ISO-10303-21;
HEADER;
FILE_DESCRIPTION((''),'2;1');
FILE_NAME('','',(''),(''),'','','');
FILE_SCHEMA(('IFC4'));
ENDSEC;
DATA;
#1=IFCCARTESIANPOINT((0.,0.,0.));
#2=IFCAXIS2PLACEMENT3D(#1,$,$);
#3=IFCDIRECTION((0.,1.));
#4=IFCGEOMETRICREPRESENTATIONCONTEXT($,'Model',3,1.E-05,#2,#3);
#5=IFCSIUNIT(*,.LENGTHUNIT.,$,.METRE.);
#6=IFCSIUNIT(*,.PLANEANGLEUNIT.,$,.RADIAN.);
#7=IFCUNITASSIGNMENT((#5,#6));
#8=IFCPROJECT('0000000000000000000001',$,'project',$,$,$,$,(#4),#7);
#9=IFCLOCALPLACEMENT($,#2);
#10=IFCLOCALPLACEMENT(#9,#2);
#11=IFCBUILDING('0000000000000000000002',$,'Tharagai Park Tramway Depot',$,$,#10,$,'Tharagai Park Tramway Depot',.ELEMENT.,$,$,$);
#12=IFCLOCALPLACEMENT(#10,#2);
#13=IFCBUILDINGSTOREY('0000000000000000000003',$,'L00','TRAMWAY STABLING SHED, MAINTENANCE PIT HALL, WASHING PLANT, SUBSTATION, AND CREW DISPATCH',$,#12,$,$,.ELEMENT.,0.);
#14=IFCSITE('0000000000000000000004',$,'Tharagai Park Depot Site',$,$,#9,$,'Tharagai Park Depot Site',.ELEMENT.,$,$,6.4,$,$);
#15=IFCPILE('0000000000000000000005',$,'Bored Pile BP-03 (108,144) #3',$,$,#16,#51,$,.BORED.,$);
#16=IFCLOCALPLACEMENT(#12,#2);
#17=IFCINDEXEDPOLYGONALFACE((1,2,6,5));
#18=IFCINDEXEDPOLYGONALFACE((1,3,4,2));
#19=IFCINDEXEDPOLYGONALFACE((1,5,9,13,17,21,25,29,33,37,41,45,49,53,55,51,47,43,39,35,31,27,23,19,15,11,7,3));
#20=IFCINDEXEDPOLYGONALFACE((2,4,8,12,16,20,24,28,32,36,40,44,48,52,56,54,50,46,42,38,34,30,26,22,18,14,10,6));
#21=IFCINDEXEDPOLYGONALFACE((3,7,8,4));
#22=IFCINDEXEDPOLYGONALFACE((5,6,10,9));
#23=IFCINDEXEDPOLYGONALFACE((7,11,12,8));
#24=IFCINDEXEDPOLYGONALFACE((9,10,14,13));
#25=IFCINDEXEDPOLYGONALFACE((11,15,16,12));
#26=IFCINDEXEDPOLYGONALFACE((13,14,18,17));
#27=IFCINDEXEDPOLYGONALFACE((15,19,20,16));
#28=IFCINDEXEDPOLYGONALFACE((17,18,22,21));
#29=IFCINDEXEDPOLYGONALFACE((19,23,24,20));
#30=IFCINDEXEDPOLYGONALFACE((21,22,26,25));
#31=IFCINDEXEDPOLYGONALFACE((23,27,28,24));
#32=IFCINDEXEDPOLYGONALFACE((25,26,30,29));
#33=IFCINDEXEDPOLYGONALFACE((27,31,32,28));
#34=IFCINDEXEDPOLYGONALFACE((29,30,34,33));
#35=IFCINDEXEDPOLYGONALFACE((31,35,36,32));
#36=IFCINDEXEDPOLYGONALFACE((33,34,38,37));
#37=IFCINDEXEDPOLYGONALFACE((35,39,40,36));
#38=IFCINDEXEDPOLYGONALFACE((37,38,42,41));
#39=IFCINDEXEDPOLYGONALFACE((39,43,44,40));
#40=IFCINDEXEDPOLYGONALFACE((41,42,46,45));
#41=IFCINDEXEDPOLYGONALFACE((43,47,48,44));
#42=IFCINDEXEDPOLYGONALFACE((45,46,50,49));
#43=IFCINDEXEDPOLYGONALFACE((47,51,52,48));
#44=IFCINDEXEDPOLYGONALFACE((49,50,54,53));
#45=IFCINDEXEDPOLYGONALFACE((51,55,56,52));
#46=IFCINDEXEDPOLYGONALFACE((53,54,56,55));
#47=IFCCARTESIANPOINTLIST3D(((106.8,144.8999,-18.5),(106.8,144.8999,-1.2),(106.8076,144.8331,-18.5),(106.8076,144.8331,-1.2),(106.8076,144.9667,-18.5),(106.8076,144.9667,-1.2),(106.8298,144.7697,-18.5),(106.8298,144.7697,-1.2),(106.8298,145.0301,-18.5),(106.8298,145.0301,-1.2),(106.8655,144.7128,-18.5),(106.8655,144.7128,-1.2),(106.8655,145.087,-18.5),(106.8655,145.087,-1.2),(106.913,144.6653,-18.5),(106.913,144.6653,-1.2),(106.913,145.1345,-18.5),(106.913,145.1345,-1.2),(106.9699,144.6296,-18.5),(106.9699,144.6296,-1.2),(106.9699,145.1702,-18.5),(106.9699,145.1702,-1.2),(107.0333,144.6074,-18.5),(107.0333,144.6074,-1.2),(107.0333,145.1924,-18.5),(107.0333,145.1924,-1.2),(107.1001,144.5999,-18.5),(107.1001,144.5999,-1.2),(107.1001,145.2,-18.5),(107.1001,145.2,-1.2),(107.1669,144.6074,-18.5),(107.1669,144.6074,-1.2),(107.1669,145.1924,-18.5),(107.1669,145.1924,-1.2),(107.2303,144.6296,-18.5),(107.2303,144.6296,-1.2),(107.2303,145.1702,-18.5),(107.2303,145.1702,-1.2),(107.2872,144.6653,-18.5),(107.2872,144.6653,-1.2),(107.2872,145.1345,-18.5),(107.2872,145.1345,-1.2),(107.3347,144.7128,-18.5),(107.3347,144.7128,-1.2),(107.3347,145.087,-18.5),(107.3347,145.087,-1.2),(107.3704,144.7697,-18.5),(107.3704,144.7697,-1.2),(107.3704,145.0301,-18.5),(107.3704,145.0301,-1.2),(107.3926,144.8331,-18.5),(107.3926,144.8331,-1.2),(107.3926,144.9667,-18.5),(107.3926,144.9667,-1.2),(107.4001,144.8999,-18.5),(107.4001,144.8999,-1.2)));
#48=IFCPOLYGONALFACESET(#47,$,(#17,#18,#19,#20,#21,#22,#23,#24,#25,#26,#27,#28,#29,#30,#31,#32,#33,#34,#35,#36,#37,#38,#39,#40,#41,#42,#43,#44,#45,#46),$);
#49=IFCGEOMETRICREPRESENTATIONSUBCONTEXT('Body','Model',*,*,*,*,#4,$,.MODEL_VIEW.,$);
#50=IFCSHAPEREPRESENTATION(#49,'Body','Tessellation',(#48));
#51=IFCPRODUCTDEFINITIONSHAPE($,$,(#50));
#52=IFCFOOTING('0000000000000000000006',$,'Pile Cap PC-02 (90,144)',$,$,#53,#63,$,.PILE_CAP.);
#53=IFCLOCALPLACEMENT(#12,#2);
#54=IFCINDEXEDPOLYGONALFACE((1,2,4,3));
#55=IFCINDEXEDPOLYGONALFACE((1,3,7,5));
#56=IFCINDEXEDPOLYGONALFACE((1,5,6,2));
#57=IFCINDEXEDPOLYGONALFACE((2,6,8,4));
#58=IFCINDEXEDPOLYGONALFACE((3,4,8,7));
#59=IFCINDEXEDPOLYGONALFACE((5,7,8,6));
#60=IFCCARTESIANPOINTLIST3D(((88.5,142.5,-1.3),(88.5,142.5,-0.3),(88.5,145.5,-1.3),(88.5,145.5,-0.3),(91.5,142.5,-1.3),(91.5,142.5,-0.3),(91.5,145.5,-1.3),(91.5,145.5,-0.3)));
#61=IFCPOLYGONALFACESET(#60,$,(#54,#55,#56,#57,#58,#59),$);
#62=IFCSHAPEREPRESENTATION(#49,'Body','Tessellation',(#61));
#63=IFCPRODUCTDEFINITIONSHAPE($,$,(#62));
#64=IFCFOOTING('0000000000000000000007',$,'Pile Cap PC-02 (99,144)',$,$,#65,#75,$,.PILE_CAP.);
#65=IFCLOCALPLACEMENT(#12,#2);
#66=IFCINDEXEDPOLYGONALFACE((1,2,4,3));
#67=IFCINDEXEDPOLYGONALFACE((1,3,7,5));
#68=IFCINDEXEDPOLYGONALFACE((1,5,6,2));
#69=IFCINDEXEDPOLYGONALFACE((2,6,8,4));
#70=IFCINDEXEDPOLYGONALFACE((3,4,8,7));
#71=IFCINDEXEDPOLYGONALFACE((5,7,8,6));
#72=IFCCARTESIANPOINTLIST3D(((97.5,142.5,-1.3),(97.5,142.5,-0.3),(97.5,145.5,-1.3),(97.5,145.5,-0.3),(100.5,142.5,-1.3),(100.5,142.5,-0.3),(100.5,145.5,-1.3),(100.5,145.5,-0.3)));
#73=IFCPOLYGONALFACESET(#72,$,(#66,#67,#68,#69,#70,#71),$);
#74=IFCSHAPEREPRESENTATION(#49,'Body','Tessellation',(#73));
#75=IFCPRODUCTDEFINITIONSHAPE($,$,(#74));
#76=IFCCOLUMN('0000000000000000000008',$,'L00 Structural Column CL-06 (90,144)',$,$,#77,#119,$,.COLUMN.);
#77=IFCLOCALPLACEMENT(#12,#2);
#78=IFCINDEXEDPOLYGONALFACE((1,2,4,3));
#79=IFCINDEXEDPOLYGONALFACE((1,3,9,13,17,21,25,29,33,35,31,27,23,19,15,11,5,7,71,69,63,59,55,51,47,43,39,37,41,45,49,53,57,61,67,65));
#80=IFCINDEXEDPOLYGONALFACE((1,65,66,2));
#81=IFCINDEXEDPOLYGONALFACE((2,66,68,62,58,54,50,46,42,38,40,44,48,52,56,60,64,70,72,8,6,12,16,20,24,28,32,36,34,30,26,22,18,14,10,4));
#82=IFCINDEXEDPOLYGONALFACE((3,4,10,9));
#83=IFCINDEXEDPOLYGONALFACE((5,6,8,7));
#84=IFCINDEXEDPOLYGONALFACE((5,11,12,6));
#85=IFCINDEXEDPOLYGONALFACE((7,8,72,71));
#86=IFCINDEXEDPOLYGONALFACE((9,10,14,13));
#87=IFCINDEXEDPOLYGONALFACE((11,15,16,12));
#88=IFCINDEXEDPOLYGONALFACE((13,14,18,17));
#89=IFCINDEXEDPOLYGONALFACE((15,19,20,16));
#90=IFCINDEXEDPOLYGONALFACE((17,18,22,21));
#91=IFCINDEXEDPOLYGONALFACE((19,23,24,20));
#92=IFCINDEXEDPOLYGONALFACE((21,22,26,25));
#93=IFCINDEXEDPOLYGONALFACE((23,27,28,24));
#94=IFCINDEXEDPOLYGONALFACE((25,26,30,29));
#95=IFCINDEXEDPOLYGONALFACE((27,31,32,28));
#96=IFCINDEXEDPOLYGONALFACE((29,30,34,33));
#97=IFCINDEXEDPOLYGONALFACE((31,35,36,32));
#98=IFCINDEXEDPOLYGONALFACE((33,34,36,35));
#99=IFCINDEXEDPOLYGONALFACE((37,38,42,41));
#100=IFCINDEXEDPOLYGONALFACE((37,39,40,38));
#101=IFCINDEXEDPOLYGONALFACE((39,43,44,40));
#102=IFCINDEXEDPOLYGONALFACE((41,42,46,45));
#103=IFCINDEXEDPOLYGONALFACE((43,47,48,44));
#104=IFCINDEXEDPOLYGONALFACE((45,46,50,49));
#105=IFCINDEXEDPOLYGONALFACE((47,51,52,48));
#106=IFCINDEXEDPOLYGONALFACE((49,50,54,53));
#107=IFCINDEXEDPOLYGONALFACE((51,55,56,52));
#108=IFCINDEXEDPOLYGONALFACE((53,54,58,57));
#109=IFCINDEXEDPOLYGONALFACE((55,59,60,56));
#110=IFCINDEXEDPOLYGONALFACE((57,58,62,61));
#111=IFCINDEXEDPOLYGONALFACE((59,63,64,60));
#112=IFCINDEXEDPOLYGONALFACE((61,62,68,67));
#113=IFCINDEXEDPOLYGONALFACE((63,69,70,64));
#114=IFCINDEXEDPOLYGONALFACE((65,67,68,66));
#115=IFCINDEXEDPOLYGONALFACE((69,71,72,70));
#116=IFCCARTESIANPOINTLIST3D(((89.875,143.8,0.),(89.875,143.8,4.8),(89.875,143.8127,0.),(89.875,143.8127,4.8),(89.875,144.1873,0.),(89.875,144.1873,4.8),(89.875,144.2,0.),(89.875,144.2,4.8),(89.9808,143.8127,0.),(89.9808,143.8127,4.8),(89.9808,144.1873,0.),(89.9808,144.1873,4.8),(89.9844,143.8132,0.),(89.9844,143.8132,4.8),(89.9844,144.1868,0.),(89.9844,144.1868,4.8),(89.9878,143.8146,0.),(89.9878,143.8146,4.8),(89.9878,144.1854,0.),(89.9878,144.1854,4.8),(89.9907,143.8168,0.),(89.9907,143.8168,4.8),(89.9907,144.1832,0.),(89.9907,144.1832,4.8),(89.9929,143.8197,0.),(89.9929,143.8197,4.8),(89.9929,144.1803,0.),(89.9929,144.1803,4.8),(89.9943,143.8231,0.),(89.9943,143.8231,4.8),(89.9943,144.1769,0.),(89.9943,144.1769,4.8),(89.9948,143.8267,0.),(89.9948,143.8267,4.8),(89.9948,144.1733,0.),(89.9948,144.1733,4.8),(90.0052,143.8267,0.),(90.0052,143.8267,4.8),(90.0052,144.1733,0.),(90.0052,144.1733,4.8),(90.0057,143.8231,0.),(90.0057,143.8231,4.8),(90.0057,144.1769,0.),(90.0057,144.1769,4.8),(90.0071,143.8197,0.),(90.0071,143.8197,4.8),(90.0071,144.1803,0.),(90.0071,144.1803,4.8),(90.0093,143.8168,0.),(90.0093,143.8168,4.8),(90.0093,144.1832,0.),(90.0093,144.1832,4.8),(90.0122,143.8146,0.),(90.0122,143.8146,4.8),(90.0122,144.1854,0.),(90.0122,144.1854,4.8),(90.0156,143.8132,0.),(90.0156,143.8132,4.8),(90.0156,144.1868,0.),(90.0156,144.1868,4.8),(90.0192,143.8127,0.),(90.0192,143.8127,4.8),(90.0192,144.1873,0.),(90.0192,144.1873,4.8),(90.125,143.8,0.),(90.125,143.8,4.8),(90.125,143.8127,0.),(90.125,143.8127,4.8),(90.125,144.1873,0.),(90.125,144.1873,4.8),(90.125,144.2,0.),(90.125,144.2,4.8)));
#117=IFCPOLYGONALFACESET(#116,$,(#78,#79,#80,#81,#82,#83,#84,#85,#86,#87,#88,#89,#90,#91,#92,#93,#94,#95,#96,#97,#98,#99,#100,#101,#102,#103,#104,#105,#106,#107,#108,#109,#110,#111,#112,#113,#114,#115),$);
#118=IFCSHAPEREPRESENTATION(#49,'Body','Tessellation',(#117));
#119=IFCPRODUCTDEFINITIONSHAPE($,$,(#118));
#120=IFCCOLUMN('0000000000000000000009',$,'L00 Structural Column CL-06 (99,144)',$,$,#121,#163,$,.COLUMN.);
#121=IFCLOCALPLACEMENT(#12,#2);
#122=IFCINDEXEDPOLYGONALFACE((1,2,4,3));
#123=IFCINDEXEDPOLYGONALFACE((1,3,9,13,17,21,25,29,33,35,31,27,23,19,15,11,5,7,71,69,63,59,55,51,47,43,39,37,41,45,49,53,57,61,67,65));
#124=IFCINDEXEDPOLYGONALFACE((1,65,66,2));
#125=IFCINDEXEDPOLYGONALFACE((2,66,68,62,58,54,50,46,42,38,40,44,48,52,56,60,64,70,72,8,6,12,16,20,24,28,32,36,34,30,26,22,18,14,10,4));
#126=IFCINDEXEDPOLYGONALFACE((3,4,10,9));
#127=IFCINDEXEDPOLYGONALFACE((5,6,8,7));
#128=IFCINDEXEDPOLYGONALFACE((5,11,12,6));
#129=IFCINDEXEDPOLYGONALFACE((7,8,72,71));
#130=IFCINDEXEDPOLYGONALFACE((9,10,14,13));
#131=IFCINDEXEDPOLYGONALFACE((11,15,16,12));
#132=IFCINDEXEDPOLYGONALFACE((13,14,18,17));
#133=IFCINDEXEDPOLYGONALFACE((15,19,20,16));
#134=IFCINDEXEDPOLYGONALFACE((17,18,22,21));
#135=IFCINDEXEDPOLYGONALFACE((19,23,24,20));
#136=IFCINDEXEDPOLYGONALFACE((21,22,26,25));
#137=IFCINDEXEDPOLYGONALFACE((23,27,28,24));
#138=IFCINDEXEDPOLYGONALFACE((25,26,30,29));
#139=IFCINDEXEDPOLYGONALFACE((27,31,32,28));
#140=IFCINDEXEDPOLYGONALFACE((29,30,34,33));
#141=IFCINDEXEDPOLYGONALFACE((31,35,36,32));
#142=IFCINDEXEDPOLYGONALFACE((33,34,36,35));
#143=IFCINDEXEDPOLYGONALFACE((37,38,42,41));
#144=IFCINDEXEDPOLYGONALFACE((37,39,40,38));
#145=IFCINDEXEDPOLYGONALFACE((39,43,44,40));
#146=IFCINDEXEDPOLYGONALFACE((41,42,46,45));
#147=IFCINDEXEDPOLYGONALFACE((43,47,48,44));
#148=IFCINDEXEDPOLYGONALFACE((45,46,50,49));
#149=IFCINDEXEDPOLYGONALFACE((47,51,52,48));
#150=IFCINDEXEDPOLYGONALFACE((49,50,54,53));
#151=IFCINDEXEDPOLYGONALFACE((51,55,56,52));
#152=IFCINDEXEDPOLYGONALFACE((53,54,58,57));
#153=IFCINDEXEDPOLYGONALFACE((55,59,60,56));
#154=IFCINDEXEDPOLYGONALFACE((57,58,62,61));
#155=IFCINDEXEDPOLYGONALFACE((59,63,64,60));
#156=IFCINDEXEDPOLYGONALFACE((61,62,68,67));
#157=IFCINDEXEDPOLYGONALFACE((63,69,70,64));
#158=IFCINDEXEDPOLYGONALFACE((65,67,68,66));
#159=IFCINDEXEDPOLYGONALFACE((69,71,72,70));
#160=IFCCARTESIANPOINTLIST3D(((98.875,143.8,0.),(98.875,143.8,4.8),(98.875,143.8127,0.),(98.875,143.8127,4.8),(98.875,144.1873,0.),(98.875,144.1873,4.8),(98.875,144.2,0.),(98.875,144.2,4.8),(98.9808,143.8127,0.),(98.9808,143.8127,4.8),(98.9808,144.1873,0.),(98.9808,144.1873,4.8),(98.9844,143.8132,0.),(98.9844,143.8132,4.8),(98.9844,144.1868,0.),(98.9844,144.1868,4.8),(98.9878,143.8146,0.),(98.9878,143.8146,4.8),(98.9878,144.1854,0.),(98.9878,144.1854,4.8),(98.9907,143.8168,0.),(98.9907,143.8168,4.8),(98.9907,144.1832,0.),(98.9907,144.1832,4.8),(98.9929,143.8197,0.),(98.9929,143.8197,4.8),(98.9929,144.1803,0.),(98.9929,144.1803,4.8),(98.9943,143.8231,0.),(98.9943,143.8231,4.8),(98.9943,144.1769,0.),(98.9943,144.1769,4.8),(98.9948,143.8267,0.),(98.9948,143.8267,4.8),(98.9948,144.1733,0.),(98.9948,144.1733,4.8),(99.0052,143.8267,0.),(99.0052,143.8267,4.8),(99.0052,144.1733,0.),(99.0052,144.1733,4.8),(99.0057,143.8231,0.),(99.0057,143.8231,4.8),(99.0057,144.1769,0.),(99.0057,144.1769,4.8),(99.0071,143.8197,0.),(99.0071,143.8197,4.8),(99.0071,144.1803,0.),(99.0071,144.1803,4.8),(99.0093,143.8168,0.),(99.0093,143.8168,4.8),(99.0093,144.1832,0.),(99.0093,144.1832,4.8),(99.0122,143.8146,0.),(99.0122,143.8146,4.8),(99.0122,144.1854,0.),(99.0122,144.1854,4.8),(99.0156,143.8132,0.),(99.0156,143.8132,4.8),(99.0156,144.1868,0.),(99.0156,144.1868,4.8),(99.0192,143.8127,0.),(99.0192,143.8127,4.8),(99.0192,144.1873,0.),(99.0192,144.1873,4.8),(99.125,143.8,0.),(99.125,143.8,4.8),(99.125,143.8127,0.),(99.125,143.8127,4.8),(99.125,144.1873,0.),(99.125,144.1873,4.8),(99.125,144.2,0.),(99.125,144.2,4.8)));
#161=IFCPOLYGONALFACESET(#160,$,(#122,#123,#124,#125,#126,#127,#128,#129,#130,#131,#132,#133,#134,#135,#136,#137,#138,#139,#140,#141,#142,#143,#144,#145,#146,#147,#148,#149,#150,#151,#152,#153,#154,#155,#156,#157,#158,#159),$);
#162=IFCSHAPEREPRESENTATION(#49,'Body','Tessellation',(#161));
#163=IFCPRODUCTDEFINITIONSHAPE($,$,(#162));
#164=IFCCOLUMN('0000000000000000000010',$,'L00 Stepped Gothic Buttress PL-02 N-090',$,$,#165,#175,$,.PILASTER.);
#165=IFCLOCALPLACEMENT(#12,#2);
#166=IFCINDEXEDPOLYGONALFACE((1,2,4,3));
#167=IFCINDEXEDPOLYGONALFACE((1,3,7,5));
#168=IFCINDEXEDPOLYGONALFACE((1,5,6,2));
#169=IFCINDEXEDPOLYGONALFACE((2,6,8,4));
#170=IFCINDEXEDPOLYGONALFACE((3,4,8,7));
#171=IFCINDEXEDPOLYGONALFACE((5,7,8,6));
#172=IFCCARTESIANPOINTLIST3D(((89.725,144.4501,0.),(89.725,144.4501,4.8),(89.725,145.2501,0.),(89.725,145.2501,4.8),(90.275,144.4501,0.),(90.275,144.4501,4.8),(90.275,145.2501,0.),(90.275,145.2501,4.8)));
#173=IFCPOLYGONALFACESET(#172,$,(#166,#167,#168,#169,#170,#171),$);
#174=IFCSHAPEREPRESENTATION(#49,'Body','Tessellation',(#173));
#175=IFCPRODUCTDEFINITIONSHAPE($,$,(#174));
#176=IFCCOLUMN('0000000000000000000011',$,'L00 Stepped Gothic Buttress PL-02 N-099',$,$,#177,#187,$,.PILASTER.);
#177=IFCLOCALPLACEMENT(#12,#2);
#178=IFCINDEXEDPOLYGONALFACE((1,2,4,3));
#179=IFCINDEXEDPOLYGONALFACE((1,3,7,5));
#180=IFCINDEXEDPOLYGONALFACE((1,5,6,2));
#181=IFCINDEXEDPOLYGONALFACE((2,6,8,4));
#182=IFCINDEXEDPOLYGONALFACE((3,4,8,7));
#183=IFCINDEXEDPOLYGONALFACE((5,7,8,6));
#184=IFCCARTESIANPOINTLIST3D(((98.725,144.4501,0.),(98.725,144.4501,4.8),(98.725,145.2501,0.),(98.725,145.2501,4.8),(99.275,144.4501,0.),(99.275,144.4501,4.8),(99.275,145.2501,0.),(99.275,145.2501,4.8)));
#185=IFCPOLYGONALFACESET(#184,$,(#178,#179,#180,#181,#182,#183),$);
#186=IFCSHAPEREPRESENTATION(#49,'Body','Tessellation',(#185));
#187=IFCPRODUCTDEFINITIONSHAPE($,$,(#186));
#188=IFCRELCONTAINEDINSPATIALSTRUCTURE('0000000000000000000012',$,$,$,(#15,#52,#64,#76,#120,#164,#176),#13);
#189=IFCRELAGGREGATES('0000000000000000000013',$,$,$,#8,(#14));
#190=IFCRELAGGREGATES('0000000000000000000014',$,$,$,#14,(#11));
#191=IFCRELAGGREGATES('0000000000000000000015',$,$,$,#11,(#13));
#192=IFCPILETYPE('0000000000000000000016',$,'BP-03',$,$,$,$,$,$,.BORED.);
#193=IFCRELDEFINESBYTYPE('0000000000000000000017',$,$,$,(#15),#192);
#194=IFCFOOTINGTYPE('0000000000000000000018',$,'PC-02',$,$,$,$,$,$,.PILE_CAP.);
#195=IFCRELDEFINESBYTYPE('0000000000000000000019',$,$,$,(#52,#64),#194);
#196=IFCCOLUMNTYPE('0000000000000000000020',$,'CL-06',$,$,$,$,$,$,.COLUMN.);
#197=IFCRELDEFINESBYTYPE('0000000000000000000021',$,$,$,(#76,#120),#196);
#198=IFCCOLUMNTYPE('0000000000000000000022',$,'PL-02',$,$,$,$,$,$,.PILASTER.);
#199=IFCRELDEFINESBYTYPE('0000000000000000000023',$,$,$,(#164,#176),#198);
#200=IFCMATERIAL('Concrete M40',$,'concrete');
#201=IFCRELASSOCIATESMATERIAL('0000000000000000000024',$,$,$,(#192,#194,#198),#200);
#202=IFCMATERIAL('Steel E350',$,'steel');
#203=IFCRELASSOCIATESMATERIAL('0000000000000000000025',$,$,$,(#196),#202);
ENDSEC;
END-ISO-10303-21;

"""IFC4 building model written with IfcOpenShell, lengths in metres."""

from ifc_helpers import new_model, si_unit, direction, frame, origin, origin_2d, place, context, subcontext, project, spatial, rectangle, circle, i_section, extrude, material, material_profile, profile_set, type_object, element, save


model = new_model("IFC4")

# Units and contexts
model_context = context("Model", 3, precision=1e-05, world=origin(), true_north=direction((0.0, 1.0)))
body_context = subcontext(model_context, "Body", "Model", "MODEL_VIEW")
ifc_project = project(units=[si_unit("LENGTHUNIT", "METRE"), si_unit("PLANEANGLEUNIT", "RADIAN")], contexts=[model_context])

# Site, building, storey
site_placement = place(None, origin())
site = spatial("IfcSite", under=ifc_project, at=site_placement, Name="Tharagai Park Depot Site", LongName="Tharagai Park Depot Site", CompositionType="ELEMENT", RefElevation=6.4)
building_placement = place(site_placement, origin())
building = spatial("IfcBuilding", under=site, at=building_placement, Name="Tharagai Park Tramway Depot", LongName="Tharagai Park Tramway Depot", CompositionType="ELEMENT")
storey_placement = place(building_placement, origin())
storey = spatial("IfcBuildingStorey", under=building, at=storey_placement, Name="L00", Description="TRAMWAY STABLING SHED, MAINTENANCE PIT HALL, WASHING PLANT, SUBSTATION, AND CREW DISPATCH", CompositionType="ELEMENT", Elevation=0.0)

# Pile
ifc_material_1 = material(Name="Concrete M40", Category="concrete")
ifc_material_profile_1 = material_profile(ifc_material_1, circle(Radius=0.3, at=origin_2d()), Name="PILE D600")
ifc_profile_set_1 = profile_set([ifc_material_profile_1], Name="Concrete M40")
pile_type = type_object("IfcPileType", Name="BP-03", PredefinedType="BORED", material=ifc_profile_set_1)
for number, where, z_axis, x_axis, name in (
    (1, (107.1001, 144.8999, -1.2), (0.0, 0.0, -1.0), (1.0, 0.0, 0.0), "Bored Pile BP-03 (108,144) #3"),
):
    element("IfcPile", number, at=place(storey_placement, frame(where, z_axis=z_axis, x_axis=x_axis)), inside=storey, type_object=pile_type, Name=name, PredefinedType="BORED", context=body_context, shape_type="SweptSolid", body=[
        extrude(circle(Radius=0.3, at=origin_2d()), origin(), (0.0, 0.0, 1.0), 17.3),
    ])

# Footings
footing_type = type_object("IfcFootingType", Name="PC-02", PredefinedType="PILE_CAP", material=ifc_material_1)
for number, where, z_axis, x_axis, name in (
    (2, (90.0, 144.0, -1.3), (0.0, 0.0, 1.0), (1.0, 0.0, 0.0), "Pile Cap PC-02 (90,144)"),
    (3, (99.0, 144.0, -1.3), (0.0, 0.0, 1.0), (1.0, 0.0, 0.0), "Pile Cap PC-02 (99,144)"),
):
    element("IfcFooting", number, at=place(storey_placement, frame(where, z_axis=z_axis, x_axis=x_axis)), inside=storey, type_object=footing_type, Name=name, PredefinedType="PILE_CAP", context=body_context, shape_type="SweptSolid", body=[
        extrude(rectangle(XDim=3.0, YDim=3.0, at=origin_2d()), origin(), (0.0, 0.0, 1.0), 1.0),
    ])

# Columns
ifc_material_2 = material(Name="Steel E350", Category="steel")
ifc_material_profile_2 = material_profile(ifc_material_2, i_section(OverallWidth=0.25, OverallDepth=0.3999, WebThickness=0.0105, FlangeThickness=0.0127, FilletRadius=0.0139, at=origin_2d()), Name="ISHB 400")
ifc_profile_set_2 = profile_set([ifc_material_profile_2], Name="Steel E350")
column_type_1 = type_object("IfcColumnType", Name="CL-06", PredefinedType="COLUMN", material=ifc_profile_set_2)
for number, where, z_axis, x_axis, name in (
    (4, (90.0, 144.0, 0.0), (0.0, 0.0, 1.0), (1.0, 0.0, 0.0), "L00 Structural Column CL-06 (90,144)"),
    (5, (99.0, 144.0, 0.0), (0.0, 0.0, 1.0), (1.0, 0.0, 0.0), "L00 Structural Column CL-06 (99,144)"),
):
    element("IfcColumn", number, at=place(storey_placement, frame(where, z_axis=z_axis, x_axis=x_axis)), inside=storey, type_object=column_type_1, Name=name, PredefinedType="COLUMN", context=body_context, shape_type="SweptSolid", body=[
        extrude(i_section(OverallWidth=0.25, OverallDepth=0.3999, WebThickness=0.0105, FlangeThickness=0.0127, FilletRadius=0.0139, at=origin_2d()), origin(), (0.0, 0.0, 1.0), 4.8),
    ])
ifc_material_profile_3 = material_profile(ifc_material_1, rectangle(XDim=0.55, YDim=0.8, at=origin_2d()), Name="RC 550x800")
ifc_profile_set_3 = profile_set([ifc_material_profile_3], Name="Concrete M40")
column_type_2 = type_object("IfcColumnType", Name="PL-02", PredefinedType="PILASTER", material=ifc_profile_set_3)
for number, where, z_axis, x_axis, name in (
    (6, (90.0, 144.8501, 0.0), (0.0, 0.0, 1.0), (1.0, 0.0, 0.0), "L00 Stepped Gothic Buttress PL-02 N-090"),
    (7, (99.0, 144.8501, 0.0), (0.0, 0.0, 1.0), (1.0, 0.0, 0.0), "L00 Stepped Gothic Buttress PL-02 N-099"),
):
    element("IfcColumn", number, at=place(storey_placement, frame(where, z_axis=z_axis, x_axis=x_axis)), inside=storey, type_object=column_type_2, Name=name, PredefinedType="PILASTER", context=body_context, shape_type="SweptSolid", body=[
        extrude(rectangle(XDim=0.55, YDim=0.8, at=origin_2d()), origin(), (0.0, 0.0, 1.0), 4.8),
    ])

save(model, "model.ifc")
